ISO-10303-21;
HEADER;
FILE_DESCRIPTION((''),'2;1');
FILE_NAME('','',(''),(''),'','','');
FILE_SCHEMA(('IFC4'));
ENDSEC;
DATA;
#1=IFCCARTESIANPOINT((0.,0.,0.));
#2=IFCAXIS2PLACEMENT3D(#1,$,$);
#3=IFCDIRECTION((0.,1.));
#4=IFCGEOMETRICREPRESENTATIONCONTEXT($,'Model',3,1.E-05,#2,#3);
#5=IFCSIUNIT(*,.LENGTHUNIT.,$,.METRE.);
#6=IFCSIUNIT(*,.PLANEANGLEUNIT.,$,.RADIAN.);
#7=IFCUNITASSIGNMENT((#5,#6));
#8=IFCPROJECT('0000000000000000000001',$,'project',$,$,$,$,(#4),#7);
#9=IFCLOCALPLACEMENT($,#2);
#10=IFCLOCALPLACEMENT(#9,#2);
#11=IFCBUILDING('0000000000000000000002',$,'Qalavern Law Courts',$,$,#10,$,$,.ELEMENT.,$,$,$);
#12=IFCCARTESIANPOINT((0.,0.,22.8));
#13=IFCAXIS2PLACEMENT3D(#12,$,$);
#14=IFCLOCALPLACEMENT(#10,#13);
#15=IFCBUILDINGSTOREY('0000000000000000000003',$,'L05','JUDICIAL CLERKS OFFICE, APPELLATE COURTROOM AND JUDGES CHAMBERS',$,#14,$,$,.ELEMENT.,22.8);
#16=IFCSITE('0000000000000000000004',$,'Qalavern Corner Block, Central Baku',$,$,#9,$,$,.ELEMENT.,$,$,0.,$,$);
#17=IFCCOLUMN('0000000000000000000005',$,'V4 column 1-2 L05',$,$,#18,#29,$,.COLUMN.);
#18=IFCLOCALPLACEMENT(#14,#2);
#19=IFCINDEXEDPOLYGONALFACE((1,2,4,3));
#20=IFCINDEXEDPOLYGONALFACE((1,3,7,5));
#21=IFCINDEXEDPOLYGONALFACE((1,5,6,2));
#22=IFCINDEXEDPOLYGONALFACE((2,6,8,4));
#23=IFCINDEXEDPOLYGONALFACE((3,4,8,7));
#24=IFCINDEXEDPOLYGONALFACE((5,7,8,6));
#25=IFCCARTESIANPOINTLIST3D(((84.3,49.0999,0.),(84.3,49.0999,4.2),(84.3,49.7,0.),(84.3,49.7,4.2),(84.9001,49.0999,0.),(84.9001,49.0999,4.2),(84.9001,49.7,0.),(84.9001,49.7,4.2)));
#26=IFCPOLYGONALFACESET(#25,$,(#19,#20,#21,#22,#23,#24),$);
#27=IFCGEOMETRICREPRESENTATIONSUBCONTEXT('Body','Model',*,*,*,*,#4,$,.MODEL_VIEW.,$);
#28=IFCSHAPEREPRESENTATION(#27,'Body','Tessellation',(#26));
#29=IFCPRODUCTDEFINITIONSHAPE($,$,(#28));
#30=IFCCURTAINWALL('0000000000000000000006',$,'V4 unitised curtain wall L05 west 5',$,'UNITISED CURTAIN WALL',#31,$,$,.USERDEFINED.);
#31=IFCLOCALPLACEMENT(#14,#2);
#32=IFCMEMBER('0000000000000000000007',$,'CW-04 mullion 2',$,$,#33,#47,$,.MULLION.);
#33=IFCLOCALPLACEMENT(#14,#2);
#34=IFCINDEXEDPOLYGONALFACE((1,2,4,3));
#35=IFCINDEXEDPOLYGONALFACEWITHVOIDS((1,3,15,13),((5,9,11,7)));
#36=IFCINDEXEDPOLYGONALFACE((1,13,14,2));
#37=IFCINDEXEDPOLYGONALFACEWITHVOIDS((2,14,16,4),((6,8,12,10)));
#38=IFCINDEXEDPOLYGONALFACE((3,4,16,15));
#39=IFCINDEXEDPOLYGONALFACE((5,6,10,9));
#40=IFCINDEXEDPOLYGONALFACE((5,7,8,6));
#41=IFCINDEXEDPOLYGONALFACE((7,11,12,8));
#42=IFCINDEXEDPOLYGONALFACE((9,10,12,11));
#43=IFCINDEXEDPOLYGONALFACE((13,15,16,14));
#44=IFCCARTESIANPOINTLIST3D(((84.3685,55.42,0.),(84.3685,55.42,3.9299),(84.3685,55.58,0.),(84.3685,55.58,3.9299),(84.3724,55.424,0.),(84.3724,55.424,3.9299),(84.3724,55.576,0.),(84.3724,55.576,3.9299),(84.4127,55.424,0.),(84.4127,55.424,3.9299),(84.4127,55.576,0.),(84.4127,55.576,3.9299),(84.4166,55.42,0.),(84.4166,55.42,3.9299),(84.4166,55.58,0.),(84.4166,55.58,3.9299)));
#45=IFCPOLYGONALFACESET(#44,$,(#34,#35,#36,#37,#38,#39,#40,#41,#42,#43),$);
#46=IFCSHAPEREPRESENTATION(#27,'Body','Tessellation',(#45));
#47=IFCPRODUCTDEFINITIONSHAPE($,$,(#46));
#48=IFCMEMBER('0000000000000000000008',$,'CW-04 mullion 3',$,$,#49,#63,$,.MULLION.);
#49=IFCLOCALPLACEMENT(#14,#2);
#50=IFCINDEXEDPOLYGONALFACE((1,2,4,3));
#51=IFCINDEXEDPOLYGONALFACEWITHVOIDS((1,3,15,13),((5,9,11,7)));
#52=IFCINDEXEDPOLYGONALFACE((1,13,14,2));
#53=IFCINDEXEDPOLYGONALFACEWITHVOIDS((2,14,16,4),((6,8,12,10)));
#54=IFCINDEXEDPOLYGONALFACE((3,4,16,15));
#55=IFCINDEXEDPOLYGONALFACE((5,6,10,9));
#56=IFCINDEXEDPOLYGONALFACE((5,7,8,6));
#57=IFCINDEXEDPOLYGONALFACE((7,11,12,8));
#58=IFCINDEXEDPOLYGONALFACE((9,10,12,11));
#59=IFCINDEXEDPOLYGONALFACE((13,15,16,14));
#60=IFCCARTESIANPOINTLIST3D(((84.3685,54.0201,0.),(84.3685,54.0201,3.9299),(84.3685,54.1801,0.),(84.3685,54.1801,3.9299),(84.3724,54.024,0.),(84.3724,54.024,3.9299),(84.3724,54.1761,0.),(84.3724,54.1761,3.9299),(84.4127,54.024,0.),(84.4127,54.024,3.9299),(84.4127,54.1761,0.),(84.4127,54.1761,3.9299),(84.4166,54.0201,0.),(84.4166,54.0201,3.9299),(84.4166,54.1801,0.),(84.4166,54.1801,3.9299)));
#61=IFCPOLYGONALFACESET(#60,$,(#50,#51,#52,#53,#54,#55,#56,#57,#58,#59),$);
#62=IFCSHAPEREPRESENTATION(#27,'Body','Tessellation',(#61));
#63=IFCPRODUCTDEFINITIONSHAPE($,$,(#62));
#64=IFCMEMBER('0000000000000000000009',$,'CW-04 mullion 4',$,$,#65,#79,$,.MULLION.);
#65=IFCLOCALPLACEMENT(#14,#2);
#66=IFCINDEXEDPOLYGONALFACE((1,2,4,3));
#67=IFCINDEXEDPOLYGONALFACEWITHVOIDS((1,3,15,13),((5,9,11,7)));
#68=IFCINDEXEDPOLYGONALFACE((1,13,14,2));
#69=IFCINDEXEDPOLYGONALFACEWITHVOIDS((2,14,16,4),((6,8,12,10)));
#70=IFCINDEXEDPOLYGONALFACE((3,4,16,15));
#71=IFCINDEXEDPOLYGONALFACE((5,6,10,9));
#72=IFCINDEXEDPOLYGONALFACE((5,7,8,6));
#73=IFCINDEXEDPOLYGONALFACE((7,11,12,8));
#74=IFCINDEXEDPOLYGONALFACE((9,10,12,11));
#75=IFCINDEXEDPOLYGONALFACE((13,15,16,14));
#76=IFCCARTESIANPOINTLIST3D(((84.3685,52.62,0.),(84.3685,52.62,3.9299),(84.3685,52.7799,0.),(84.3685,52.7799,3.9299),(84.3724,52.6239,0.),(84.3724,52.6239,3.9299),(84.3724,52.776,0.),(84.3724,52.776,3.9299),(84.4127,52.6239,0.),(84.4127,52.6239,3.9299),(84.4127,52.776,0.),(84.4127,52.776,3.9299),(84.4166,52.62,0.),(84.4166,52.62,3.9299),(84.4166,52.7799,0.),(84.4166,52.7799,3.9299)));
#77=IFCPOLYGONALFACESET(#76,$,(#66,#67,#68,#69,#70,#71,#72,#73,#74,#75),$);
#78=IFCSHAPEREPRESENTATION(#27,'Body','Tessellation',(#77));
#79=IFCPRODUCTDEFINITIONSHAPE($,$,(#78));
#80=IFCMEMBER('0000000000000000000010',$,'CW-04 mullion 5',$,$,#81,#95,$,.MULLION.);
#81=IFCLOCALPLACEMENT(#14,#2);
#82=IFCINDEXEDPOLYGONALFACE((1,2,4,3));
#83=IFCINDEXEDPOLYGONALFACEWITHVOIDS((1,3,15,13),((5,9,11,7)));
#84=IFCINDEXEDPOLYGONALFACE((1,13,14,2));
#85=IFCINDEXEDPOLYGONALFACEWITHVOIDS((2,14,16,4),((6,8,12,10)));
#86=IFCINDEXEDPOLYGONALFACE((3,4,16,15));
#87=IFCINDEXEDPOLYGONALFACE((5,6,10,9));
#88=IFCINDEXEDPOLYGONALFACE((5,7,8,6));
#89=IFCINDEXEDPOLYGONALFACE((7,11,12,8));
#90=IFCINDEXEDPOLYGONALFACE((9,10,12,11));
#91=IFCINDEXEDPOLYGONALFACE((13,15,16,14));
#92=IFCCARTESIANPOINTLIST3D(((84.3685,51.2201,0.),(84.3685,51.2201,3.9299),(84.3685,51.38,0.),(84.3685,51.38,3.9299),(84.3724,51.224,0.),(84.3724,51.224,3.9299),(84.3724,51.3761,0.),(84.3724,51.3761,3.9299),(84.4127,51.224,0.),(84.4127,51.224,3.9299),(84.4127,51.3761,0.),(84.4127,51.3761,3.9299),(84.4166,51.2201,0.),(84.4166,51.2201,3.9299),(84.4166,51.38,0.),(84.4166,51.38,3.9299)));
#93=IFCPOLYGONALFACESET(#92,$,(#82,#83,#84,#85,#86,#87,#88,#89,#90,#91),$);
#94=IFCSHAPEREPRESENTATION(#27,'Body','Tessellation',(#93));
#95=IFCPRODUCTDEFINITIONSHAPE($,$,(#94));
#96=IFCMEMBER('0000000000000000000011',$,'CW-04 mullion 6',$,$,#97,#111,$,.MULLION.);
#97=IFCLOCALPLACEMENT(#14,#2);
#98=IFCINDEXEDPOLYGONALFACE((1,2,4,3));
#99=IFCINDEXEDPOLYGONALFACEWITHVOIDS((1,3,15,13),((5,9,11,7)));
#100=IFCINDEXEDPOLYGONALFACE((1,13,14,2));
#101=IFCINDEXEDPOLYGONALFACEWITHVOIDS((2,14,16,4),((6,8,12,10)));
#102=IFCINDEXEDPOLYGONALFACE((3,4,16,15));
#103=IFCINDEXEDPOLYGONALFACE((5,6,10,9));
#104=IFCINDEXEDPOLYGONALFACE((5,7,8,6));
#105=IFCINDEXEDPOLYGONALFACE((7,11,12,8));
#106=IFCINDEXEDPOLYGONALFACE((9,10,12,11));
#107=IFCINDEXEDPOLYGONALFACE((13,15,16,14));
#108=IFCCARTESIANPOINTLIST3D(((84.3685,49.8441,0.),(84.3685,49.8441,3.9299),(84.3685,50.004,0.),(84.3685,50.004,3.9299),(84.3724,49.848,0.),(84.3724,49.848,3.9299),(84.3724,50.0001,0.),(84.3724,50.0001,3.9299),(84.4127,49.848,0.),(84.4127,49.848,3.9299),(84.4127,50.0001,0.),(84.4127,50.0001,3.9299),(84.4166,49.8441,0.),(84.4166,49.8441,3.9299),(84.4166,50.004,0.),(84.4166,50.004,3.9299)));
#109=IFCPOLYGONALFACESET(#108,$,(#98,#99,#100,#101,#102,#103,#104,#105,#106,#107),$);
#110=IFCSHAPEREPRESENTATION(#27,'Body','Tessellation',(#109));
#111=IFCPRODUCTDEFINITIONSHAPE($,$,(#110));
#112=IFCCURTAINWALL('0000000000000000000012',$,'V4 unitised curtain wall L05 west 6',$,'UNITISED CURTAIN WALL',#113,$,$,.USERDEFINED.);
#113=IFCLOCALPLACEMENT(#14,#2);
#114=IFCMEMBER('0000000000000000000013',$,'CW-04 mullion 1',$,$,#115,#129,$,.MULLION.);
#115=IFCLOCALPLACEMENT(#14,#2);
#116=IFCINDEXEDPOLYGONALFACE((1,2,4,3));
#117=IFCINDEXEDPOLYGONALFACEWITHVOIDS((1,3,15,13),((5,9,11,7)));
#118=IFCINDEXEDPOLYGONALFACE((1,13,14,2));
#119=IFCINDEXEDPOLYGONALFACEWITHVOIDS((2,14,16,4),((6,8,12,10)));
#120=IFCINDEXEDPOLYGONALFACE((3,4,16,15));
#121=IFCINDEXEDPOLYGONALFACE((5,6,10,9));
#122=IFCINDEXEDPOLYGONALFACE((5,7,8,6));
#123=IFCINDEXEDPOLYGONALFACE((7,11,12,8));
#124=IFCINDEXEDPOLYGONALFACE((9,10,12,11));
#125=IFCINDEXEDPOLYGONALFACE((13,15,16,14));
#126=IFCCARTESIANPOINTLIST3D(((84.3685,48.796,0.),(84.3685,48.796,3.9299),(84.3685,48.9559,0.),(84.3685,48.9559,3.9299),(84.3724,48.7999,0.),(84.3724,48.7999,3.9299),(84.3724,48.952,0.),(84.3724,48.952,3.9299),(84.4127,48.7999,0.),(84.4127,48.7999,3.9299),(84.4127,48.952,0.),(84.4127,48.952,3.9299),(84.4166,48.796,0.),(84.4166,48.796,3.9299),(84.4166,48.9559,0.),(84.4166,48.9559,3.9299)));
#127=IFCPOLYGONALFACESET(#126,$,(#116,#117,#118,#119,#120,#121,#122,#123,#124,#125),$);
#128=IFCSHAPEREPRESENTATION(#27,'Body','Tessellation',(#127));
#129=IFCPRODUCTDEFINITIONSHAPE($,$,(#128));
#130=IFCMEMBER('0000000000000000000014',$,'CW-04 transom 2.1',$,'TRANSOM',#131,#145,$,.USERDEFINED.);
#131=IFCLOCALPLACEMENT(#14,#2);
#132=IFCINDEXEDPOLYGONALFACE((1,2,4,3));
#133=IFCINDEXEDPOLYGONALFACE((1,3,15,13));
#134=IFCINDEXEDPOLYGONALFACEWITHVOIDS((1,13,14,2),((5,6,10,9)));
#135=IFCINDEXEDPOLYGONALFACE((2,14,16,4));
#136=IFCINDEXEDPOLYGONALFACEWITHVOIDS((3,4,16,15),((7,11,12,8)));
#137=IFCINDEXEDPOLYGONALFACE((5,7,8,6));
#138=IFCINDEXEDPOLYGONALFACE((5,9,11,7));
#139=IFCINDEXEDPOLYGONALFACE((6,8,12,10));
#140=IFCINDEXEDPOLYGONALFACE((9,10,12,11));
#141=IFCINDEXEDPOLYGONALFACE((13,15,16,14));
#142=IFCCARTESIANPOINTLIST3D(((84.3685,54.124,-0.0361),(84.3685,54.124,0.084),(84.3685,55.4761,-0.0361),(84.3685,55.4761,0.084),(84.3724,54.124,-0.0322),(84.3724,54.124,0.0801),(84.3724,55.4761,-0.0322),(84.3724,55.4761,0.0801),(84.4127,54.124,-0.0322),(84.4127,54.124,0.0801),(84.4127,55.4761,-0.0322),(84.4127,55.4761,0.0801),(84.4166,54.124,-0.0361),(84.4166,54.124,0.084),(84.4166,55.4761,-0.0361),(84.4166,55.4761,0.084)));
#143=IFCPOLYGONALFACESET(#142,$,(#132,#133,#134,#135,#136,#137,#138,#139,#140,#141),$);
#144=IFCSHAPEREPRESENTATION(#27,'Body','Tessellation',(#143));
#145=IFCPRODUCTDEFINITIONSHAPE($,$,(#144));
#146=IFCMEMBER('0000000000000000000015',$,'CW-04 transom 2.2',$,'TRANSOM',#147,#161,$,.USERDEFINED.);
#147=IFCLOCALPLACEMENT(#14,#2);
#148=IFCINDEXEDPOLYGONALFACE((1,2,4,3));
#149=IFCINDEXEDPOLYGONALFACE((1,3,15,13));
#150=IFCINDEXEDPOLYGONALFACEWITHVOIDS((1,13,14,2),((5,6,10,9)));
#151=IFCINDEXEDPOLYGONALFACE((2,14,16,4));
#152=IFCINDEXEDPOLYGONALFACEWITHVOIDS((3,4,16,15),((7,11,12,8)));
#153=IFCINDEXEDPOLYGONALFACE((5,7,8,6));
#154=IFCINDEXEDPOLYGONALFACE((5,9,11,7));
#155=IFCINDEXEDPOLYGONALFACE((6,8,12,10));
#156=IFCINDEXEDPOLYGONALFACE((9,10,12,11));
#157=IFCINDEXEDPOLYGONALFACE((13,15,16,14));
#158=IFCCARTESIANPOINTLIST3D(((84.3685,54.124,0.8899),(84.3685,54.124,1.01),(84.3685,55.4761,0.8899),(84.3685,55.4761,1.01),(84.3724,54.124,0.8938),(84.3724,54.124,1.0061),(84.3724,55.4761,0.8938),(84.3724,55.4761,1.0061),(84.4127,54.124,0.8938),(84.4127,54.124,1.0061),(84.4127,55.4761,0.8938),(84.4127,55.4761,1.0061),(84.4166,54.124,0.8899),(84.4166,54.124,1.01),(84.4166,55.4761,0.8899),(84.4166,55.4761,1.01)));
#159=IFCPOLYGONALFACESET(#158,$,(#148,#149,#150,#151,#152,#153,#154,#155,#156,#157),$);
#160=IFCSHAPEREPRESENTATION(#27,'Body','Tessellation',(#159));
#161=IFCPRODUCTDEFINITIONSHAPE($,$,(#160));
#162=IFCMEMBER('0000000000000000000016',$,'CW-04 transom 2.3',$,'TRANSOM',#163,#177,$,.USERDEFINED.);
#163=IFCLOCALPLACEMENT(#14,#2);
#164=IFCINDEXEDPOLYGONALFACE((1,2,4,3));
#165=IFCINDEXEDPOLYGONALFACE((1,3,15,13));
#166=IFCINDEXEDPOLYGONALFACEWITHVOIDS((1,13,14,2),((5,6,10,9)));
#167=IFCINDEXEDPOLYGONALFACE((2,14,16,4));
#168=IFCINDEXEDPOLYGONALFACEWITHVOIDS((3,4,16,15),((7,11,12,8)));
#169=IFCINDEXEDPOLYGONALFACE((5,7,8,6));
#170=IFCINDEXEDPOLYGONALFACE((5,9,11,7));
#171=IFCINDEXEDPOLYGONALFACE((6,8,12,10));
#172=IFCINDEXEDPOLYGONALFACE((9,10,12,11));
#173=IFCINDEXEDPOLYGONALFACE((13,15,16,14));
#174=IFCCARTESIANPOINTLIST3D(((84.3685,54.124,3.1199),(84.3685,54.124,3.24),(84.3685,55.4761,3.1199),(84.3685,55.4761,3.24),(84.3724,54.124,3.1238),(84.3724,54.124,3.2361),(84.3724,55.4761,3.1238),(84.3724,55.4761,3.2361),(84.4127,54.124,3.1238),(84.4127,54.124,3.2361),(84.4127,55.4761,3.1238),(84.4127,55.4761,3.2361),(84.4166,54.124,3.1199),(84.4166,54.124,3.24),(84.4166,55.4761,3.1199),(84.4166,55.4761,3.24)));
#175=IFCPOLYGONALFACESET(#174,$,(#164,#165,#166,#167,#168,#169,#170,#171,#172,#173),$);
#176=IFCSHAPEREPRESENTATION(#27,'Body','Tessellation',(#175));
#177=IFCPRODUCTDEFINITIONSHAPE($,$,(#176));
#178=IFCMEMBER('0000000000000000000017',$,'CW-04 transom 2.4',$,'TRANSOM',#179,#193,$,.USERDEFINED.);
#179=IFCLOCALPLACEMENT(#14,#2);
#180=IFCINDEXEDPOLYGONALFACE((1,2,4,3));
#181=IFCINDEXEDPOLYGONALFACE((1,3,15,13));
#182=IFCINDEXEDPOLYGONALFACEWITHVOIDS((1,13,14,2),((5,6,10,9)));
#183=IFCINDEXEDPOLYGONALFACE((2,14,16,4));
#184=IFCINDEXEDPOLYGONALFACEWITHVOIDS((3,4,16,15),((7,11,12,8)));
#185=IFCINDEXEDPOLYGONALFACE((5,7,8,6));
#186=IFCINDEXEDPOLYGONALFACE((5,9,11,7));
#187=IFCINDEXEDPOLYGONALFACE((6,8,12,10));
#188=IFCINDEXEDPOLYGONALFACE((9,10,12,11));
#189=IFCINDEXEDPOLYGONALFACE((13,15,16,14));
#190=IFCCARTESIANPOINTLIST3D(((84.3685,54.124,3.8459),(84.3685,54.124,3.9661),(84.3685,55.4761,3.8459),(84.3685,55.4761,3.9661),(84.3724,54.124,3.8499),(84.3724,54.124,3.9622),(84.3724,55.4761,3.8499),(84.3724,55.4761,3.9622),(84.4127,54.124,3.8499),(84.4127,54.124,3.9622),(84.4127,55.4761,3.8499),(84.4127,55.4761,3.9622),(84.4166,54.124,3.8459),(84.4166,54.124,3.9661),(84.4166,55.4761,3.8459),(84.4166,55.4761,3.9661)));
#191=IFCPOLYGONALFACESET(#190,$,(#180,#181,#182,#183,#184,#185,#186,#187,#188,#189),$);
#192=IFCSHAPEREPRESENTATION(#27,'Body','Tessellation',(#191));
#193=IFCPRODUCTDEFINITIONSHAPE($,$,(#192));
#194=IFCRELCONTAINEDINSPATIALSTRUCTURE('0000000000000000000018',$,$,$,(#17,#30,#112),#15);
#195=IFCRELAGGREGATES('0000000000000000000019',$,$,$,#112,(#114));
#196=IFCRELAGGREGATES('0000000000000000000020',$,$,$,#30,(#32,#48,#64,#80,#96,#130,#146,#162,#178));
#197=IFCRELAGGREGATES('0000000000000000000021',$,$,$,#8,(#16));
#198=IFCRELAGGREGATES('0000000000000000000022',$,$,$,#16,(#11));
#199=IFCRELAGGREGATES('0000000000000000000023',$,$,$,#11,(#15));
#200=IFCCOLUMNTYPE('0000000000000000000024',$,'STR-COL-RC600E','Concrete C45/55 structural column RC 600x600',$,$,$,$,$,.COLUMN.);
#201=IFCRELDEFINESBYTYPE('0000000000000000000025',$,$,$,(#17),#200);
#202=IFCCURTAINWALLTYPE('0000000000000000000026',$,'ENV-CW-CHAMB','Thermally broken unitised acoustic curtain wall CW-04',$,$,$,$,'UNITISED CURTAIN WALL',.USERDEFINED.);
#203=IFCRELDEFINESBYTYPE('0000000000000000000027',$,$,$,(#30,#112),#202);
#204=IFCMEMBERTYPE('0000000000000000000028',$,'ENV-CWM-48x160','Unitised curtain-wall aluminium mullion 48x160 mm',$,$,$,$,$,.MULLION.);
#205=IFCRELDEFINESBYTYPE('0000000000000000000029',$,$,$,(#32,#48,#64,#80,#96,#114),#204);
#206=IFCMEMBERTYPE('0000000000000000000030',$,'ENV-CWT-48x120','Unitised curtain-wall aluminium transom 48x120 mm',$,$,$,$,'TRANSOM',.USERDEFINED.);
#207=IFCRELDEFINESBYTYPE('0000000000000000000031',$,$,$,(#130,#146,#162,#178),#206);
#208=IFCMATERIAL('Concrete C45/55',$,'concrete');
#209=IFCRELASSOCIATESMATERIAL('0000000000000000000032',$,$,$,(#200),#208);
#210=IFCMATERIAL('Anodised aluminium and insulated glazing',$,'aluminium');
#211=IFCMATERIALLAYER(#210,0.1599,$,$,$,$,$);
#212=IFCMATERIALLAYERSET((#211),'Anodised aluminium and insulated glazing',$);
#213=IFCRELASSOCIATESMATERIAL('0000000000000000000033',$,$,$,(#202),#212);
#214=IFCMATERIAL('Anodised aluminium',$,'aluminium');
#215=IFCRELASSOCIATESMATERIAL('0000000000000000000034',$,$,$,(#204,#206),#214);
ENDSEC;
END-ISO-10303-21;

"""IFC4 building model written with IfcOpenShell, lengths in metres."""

from ifc_helpers import new_model, si_unit, direction, frame, origin, origin_2d, place, context, subcontext, project, spatial, rectangle, hollow_rectangle, extrude, material, layer, layer_set, material_profile, profile_set, type_object, element, aggregate, save


model = new_model("IFC4")

# Units and contexts
model_context = context("Model", 3, precision=1e-05, world=origin(), true_north=direction((0.0, 1.0)))
body_context = subcontext(model_context, "Body", "Model", "MODEL_VIEW")
ifc_project = project(units=[si_unit("LENGTHUNIT", "METRE"), si_unit("PLANEANGLEUNIT", "RADIAN")], contexts=[model_context])

# Site, building, storey
site_placement = place(None, origin())
site = spatial("IfcSite", under=ifc_project, at=site_placement, Name="Qalavern Corner Block, Central Baku", CompositionType="ELEMENT", RefElevation=0.0)
building_placement = place(site_placement, origin())
building = spatial("IfcBuilding", under=site, at=building_placement, Name="Qalavern Law Courts", CompositionType="ELEMENT")
storey_placement = place(building_placement, frame((0.0, 0.0, 22.8)))
storey = spatial("IfcBuildingStorey", under=building, at=storey_placement, Name="L05", Description="JUDICIAL CLERKS OFFICE, APPELLATE COURTROOM AND JUDGES CHAMBERS", CompositionType="ELEMENT", Elevation=22.8)

# Column
ifc_material_1 = material(Name="Concrete C45/55", Category="concrete")
ifc_material_profile_1 = material_profile(ifc_material_1, rectangle(XDim=0.6001, YDim=0.6001, at=origin_2d()), Name="RC 600x600")
ifc_profile_set_1 = profile_set([ifc_material_profile_1], Name="Concrete C45/55")
column_type = type_object("IfcColumnType", Name="STR-COL-RC600E", Description="Concrete C45/55 structural column RC 600x600", PredefinedType="COLUMN", material=ifc_profile_set_1)
column_placement = place(storey_placement, frame((84.6001, 49.3999, 0.0), z_axis=(0.0, 0.0, 1.0), x_axis=(1.0, 0.0, 0.0)))
element("IfcColumn", 1, at=column_placement, inside=storey, type_object=column_type, Name="V4 column 1-2 L05", PredefinedType="COLUMN", context=body_context, shape_type="SweptSolid", body=[
    extrude(rectangle(XDim=0.6001, YDim=0.6001, at=origin_2d()), origin(), (0.0, 0.0, 1.0), 4.2),
])

# Curtain wall, members
ifc_material_2 = material(Name="Anodised aluminium and insulated glazing", Category="aluminium")
ifc_layer_1 = layer(ifc_material_2, 0.1599)
ifc_layer_set_1 = layer_set([ifc_layer_1], Name="Anodised aluminium and insulated glazing")
curtain_wall_type = type_object("IfcCurtainWallType", Name="ENV-CW-CHAMB", Description="Thermally broken unitised acoustic curtain wall CW-04", ElementType="UNITISED CURTAIN WALL", PredefinedType="USERDEFINED", material=ifc_layer_set_1)
curtain_wall_1_placement = place(storey_placement, origin())
curtain_wall_1 = element("IfcCurtainWall", 2, at=curtain_wall_1_placement, inside=storey, type_object=curtain_wall_type, Name="V4 unitised curtain wall L05 west 5", ObjectType="UNITISED CURTAIN WALL", PredefinedType="USERDEFINED")
ifc_material_3 = material(Name="Anodised aluminium", Category="aluminium")
ifc_material_profile_2 = material_profile(ifc_material_3, hollow_rectangle(XDim=0.0481, YDim=0.1599, WallThickness=0.0039, at=origin_2d()), Name="ALU MULLION 48x160")
ifc_profile_set_2 = profile_set([ifc_material_profile_2], Name="Anodised aluminium")
member_type_1 = type_object("IfcMemberType", Name="ENV-CWM-48x160", Description="Unitised curtain-wall aluminium mullion 48x160 mm", PredefinedType="MULLION", material=ifc_profile_set_2)
member_1_placement = place(storey_placement, frame((84.3926, 55.5, 0.0), z_axis=(0.0, 0.0, 1.0), x_axis=(1.0, 0.0, 0.0)))
member_1 = element("IfcMember", 3, at=member_1_placement, type_object=member_type_1, Name="CW-04 mullion 2", PredefinedType="MULLION", context=body_context, shape_type="SweptSolid", body=[
    extrude(hollow_rectangle(XDim=0.0481, YDim=0.1599, WallThickness=0.0039, at=origin_2d()), origin(), (0.0, 0.0, 1.0), 3.9299),
])
member_2_placement = place(storey_placement, frame((84.3926, 54.1001, 0.0), z_axis=(0.0, 0.0, 1.0), x_axis=(1.0, 0.0, 0.0)))
member_2 = element("IfcMember", 4, at=member_2_placement, type_object=member_type_1, Name="CW-04 mullion 3", PredefinedType="MULLION", context=body_context, shape_type="SweptSolid", body=[
    extrude(hollow_rectangle(XDim=0.0481, YDim=0.1599, WallThickness=0.0039, at=origin_2d()), origin(), (0.0, 0.0, 1.0), 3.9299),
])
member_3_placement = place(storey_placement, frame((84.3926, 52.7, 0.0), z_axis=(0.0, 0.0, 1.0), x_axis=(1.0, 0.0, 0.0)))
member_3 = element("IfcMember", 5, at=member_3_placement, type_object=member_type_1, Name="CW-04 mullion 4", PredefinedType="MULLION", context=body_context, shape_type="SweptSolid", body=[
    extrude(hollow_rectangle(XDim=0.0481, YDim=0.1599, WallThickness=0.0039, at=origin_2d()), origin(), (0.0, 0.0, 1.0), 3.9299),
])
member_4_placement = place(storey_placement, frame((84.3926, 51.3, 0.0), z_axis=(0.0, 0.0, 1.0), x_axis=(1.0, 0.0, 0.0)))
member_4 = element("IfcMember", 6, at=member_4_placement, type_object=member_type_1, Name="CW-04 mullion 5", PredefinedType="MULLION", context=body_context, shape_type="SweptSolid", body=[
    extrude(hollow_rectangle(XDim=0.0481, YDim=0.1599, WallThickness=0.0039, at=origin_2d()), origin(), (0.0, 0.0, 1.0), 3.9299),
])
member_5_placement = place(storey_placement, frame((84.3926, 49.9241, 0.0), z_axis=(0.0, 0.0, 1.0), x_axis=(1.0, 0.0, 0.0)))
member_5 = element("IfcMember", 7, at=member_5_placement, type_object=member_type_1, Name="CW-04 mullion 6", PredefinedType="MULLION", context=body_context, shape_type="SweptSolid", body=[
    extrude(hollow_rectangle(XDim=0.0481, YDim=0.1599, WallThickness=0.0039, at=origin_2d()), origin(), (0.0, 0.0, 1.0), 3.9299),
])

# Curtain wall, member
curtain_wall_2_placement = place(storey_placement, origin())
curtain_wall_2 = element("IfcCurtainWall", 8, at=curtain_wall_2_placement, inside=storey, type_object=curtain_wall_type, Name="V4 unitised curtain wall L05 west 6", ObjectType="UNITISED CURTAIN WALL", PredefinedType="USERDEFINED")
member_6_placement = place(storey_placement, frame((84.3926, 48.876, 0.0), z_axis=(0.0, 0.0, 1.0), x_axis=(1.0, 0.0, 0.0)))
member_6 = element("IfcMember", 9, at=member_6_placement, type_object=member_type_1, Name="CW-04 mullion 1", PredefinedType="MULLION", context=body_context, shape_type="SweptSolid", body=[
    extrude(hollow_rectangle(XDim=0.0481, YDim=0.1599, WallThickness=0.0039, at=origin_2d()), origin(), (0.0, 0.0, 1.0), 3.9299),
])
aggregate(curtain_wall_2, [member_6])

# Members
ifc_material_profile_3 = material_profile(ifc_material_3, hollow_rectangle(XDim=0.0481, YDim=0.1201, WallThickness=0.0039, at=origin_2d()), Name="ALU TRANSOM 48x120")
ifc_profile_set_3 = profile_set([ifc_material_profile_3], Name="Anodised aluminium")
member_type_2 = type_object("IfcMemberType", Name="ENV-CWT-48x120", Description="Unitised curtain-wall aluminium transom 48x120 mm", ElementType="TRANSOM", PredefinedType="USERDEFINED", material=ifc_profile_set_3)
member_7_placement = place(storey_placement, frame((84.3926, 55.4761, 0.0239), z_axis=(0.0, -1.0, 0.0), x_axis=(1.0, 0.0, 0.0)))
member_7 = element("IfcMember", 10, at=member_7_placement, type_object=member_type_2, Name="CW-04 transom 2.1", ObjectType="TRANSOM", PredefinedType="USERDEFINED", context=body_context, shape_type="SweptSolid", body=[
    extrude(hollow_rectangle(XDim=0.0481, YDim=0.1201, WallThickness=0.0039, at=origin_2d()), origin(), (0.0, 0.0, 1.0), 1.3521),
])
member_8_placement = place(storey_placement, frame((84.3926, 55.4761, 0.95), z_axis=(0.0, -1.0, 0.0), x_axis=(1.0, 0.0, 0.0)))
member_8 = element("IfcMember", 11, at=member_8_placement, type_object=member_type_2, Name="CW-04 transom 2.2", ObjectType="TRANSOM", PredefinedType="USERDEFINED", context=body_context, shape_type="SweptSolid", body=[
    extrude(hollow_rectangle(XDim=0.0481, YDim=0.1201, WallThickness=0.0039, at=origin_2d()), origin(), (0.0, 0.0, 1.0), 1.3521),
])
member_9_placement = place(storey_placement, frame((84.3926, 55.4761, 3.1799), z_axis=(0.0, -1.0, 0.0), x_axis=(1.0, 0.0, 0.0)))
member_9 = element("IfcMember", 12, at=member_9_placement, type_object=member_type_2, Name="CW-04 transom 2.3", ObjectType="TRANSOM", PredefinedType="USERDEFINED", context=body_context, shape_type="SweptSolid", body=[
    extrude(hollow_rectangle(XDim=0.0481, YDim=0.1201, WallThickness=0.0039, at=origin_2d()), origin(), (0.0, 0.0, 1.0), 1.3521),
])
member_10_placement = place(storey_placement, frame((84.3926, 55.4761, 3.906), z_axis=(0.0, -1.0, 0.0), x_axis=(1.0, 0.0, 0.0)))
member_10 = element("IfcMember", 13, at=member_10_placement, type_object=member_type_2, Name="CW-04 transom 2.4", ObjectType="TRANSOM", PredefinedType="USERDEFINED", context=body_context, shape_type="SweptSolid", body=[
    extrude(hollow_rectangle(XDim=0.0481, YDim=0.1201, WallThickness=0.0039, at=origin_2d()), origin(), (0.0, 0.0, 1.0), 1.3521),
])

aggregate(curtain_wall_1, [member_1, member_2, member_3, member_4, member_5, member_7, member_8, member_9, member_10])

save(model, "model.ifc")
